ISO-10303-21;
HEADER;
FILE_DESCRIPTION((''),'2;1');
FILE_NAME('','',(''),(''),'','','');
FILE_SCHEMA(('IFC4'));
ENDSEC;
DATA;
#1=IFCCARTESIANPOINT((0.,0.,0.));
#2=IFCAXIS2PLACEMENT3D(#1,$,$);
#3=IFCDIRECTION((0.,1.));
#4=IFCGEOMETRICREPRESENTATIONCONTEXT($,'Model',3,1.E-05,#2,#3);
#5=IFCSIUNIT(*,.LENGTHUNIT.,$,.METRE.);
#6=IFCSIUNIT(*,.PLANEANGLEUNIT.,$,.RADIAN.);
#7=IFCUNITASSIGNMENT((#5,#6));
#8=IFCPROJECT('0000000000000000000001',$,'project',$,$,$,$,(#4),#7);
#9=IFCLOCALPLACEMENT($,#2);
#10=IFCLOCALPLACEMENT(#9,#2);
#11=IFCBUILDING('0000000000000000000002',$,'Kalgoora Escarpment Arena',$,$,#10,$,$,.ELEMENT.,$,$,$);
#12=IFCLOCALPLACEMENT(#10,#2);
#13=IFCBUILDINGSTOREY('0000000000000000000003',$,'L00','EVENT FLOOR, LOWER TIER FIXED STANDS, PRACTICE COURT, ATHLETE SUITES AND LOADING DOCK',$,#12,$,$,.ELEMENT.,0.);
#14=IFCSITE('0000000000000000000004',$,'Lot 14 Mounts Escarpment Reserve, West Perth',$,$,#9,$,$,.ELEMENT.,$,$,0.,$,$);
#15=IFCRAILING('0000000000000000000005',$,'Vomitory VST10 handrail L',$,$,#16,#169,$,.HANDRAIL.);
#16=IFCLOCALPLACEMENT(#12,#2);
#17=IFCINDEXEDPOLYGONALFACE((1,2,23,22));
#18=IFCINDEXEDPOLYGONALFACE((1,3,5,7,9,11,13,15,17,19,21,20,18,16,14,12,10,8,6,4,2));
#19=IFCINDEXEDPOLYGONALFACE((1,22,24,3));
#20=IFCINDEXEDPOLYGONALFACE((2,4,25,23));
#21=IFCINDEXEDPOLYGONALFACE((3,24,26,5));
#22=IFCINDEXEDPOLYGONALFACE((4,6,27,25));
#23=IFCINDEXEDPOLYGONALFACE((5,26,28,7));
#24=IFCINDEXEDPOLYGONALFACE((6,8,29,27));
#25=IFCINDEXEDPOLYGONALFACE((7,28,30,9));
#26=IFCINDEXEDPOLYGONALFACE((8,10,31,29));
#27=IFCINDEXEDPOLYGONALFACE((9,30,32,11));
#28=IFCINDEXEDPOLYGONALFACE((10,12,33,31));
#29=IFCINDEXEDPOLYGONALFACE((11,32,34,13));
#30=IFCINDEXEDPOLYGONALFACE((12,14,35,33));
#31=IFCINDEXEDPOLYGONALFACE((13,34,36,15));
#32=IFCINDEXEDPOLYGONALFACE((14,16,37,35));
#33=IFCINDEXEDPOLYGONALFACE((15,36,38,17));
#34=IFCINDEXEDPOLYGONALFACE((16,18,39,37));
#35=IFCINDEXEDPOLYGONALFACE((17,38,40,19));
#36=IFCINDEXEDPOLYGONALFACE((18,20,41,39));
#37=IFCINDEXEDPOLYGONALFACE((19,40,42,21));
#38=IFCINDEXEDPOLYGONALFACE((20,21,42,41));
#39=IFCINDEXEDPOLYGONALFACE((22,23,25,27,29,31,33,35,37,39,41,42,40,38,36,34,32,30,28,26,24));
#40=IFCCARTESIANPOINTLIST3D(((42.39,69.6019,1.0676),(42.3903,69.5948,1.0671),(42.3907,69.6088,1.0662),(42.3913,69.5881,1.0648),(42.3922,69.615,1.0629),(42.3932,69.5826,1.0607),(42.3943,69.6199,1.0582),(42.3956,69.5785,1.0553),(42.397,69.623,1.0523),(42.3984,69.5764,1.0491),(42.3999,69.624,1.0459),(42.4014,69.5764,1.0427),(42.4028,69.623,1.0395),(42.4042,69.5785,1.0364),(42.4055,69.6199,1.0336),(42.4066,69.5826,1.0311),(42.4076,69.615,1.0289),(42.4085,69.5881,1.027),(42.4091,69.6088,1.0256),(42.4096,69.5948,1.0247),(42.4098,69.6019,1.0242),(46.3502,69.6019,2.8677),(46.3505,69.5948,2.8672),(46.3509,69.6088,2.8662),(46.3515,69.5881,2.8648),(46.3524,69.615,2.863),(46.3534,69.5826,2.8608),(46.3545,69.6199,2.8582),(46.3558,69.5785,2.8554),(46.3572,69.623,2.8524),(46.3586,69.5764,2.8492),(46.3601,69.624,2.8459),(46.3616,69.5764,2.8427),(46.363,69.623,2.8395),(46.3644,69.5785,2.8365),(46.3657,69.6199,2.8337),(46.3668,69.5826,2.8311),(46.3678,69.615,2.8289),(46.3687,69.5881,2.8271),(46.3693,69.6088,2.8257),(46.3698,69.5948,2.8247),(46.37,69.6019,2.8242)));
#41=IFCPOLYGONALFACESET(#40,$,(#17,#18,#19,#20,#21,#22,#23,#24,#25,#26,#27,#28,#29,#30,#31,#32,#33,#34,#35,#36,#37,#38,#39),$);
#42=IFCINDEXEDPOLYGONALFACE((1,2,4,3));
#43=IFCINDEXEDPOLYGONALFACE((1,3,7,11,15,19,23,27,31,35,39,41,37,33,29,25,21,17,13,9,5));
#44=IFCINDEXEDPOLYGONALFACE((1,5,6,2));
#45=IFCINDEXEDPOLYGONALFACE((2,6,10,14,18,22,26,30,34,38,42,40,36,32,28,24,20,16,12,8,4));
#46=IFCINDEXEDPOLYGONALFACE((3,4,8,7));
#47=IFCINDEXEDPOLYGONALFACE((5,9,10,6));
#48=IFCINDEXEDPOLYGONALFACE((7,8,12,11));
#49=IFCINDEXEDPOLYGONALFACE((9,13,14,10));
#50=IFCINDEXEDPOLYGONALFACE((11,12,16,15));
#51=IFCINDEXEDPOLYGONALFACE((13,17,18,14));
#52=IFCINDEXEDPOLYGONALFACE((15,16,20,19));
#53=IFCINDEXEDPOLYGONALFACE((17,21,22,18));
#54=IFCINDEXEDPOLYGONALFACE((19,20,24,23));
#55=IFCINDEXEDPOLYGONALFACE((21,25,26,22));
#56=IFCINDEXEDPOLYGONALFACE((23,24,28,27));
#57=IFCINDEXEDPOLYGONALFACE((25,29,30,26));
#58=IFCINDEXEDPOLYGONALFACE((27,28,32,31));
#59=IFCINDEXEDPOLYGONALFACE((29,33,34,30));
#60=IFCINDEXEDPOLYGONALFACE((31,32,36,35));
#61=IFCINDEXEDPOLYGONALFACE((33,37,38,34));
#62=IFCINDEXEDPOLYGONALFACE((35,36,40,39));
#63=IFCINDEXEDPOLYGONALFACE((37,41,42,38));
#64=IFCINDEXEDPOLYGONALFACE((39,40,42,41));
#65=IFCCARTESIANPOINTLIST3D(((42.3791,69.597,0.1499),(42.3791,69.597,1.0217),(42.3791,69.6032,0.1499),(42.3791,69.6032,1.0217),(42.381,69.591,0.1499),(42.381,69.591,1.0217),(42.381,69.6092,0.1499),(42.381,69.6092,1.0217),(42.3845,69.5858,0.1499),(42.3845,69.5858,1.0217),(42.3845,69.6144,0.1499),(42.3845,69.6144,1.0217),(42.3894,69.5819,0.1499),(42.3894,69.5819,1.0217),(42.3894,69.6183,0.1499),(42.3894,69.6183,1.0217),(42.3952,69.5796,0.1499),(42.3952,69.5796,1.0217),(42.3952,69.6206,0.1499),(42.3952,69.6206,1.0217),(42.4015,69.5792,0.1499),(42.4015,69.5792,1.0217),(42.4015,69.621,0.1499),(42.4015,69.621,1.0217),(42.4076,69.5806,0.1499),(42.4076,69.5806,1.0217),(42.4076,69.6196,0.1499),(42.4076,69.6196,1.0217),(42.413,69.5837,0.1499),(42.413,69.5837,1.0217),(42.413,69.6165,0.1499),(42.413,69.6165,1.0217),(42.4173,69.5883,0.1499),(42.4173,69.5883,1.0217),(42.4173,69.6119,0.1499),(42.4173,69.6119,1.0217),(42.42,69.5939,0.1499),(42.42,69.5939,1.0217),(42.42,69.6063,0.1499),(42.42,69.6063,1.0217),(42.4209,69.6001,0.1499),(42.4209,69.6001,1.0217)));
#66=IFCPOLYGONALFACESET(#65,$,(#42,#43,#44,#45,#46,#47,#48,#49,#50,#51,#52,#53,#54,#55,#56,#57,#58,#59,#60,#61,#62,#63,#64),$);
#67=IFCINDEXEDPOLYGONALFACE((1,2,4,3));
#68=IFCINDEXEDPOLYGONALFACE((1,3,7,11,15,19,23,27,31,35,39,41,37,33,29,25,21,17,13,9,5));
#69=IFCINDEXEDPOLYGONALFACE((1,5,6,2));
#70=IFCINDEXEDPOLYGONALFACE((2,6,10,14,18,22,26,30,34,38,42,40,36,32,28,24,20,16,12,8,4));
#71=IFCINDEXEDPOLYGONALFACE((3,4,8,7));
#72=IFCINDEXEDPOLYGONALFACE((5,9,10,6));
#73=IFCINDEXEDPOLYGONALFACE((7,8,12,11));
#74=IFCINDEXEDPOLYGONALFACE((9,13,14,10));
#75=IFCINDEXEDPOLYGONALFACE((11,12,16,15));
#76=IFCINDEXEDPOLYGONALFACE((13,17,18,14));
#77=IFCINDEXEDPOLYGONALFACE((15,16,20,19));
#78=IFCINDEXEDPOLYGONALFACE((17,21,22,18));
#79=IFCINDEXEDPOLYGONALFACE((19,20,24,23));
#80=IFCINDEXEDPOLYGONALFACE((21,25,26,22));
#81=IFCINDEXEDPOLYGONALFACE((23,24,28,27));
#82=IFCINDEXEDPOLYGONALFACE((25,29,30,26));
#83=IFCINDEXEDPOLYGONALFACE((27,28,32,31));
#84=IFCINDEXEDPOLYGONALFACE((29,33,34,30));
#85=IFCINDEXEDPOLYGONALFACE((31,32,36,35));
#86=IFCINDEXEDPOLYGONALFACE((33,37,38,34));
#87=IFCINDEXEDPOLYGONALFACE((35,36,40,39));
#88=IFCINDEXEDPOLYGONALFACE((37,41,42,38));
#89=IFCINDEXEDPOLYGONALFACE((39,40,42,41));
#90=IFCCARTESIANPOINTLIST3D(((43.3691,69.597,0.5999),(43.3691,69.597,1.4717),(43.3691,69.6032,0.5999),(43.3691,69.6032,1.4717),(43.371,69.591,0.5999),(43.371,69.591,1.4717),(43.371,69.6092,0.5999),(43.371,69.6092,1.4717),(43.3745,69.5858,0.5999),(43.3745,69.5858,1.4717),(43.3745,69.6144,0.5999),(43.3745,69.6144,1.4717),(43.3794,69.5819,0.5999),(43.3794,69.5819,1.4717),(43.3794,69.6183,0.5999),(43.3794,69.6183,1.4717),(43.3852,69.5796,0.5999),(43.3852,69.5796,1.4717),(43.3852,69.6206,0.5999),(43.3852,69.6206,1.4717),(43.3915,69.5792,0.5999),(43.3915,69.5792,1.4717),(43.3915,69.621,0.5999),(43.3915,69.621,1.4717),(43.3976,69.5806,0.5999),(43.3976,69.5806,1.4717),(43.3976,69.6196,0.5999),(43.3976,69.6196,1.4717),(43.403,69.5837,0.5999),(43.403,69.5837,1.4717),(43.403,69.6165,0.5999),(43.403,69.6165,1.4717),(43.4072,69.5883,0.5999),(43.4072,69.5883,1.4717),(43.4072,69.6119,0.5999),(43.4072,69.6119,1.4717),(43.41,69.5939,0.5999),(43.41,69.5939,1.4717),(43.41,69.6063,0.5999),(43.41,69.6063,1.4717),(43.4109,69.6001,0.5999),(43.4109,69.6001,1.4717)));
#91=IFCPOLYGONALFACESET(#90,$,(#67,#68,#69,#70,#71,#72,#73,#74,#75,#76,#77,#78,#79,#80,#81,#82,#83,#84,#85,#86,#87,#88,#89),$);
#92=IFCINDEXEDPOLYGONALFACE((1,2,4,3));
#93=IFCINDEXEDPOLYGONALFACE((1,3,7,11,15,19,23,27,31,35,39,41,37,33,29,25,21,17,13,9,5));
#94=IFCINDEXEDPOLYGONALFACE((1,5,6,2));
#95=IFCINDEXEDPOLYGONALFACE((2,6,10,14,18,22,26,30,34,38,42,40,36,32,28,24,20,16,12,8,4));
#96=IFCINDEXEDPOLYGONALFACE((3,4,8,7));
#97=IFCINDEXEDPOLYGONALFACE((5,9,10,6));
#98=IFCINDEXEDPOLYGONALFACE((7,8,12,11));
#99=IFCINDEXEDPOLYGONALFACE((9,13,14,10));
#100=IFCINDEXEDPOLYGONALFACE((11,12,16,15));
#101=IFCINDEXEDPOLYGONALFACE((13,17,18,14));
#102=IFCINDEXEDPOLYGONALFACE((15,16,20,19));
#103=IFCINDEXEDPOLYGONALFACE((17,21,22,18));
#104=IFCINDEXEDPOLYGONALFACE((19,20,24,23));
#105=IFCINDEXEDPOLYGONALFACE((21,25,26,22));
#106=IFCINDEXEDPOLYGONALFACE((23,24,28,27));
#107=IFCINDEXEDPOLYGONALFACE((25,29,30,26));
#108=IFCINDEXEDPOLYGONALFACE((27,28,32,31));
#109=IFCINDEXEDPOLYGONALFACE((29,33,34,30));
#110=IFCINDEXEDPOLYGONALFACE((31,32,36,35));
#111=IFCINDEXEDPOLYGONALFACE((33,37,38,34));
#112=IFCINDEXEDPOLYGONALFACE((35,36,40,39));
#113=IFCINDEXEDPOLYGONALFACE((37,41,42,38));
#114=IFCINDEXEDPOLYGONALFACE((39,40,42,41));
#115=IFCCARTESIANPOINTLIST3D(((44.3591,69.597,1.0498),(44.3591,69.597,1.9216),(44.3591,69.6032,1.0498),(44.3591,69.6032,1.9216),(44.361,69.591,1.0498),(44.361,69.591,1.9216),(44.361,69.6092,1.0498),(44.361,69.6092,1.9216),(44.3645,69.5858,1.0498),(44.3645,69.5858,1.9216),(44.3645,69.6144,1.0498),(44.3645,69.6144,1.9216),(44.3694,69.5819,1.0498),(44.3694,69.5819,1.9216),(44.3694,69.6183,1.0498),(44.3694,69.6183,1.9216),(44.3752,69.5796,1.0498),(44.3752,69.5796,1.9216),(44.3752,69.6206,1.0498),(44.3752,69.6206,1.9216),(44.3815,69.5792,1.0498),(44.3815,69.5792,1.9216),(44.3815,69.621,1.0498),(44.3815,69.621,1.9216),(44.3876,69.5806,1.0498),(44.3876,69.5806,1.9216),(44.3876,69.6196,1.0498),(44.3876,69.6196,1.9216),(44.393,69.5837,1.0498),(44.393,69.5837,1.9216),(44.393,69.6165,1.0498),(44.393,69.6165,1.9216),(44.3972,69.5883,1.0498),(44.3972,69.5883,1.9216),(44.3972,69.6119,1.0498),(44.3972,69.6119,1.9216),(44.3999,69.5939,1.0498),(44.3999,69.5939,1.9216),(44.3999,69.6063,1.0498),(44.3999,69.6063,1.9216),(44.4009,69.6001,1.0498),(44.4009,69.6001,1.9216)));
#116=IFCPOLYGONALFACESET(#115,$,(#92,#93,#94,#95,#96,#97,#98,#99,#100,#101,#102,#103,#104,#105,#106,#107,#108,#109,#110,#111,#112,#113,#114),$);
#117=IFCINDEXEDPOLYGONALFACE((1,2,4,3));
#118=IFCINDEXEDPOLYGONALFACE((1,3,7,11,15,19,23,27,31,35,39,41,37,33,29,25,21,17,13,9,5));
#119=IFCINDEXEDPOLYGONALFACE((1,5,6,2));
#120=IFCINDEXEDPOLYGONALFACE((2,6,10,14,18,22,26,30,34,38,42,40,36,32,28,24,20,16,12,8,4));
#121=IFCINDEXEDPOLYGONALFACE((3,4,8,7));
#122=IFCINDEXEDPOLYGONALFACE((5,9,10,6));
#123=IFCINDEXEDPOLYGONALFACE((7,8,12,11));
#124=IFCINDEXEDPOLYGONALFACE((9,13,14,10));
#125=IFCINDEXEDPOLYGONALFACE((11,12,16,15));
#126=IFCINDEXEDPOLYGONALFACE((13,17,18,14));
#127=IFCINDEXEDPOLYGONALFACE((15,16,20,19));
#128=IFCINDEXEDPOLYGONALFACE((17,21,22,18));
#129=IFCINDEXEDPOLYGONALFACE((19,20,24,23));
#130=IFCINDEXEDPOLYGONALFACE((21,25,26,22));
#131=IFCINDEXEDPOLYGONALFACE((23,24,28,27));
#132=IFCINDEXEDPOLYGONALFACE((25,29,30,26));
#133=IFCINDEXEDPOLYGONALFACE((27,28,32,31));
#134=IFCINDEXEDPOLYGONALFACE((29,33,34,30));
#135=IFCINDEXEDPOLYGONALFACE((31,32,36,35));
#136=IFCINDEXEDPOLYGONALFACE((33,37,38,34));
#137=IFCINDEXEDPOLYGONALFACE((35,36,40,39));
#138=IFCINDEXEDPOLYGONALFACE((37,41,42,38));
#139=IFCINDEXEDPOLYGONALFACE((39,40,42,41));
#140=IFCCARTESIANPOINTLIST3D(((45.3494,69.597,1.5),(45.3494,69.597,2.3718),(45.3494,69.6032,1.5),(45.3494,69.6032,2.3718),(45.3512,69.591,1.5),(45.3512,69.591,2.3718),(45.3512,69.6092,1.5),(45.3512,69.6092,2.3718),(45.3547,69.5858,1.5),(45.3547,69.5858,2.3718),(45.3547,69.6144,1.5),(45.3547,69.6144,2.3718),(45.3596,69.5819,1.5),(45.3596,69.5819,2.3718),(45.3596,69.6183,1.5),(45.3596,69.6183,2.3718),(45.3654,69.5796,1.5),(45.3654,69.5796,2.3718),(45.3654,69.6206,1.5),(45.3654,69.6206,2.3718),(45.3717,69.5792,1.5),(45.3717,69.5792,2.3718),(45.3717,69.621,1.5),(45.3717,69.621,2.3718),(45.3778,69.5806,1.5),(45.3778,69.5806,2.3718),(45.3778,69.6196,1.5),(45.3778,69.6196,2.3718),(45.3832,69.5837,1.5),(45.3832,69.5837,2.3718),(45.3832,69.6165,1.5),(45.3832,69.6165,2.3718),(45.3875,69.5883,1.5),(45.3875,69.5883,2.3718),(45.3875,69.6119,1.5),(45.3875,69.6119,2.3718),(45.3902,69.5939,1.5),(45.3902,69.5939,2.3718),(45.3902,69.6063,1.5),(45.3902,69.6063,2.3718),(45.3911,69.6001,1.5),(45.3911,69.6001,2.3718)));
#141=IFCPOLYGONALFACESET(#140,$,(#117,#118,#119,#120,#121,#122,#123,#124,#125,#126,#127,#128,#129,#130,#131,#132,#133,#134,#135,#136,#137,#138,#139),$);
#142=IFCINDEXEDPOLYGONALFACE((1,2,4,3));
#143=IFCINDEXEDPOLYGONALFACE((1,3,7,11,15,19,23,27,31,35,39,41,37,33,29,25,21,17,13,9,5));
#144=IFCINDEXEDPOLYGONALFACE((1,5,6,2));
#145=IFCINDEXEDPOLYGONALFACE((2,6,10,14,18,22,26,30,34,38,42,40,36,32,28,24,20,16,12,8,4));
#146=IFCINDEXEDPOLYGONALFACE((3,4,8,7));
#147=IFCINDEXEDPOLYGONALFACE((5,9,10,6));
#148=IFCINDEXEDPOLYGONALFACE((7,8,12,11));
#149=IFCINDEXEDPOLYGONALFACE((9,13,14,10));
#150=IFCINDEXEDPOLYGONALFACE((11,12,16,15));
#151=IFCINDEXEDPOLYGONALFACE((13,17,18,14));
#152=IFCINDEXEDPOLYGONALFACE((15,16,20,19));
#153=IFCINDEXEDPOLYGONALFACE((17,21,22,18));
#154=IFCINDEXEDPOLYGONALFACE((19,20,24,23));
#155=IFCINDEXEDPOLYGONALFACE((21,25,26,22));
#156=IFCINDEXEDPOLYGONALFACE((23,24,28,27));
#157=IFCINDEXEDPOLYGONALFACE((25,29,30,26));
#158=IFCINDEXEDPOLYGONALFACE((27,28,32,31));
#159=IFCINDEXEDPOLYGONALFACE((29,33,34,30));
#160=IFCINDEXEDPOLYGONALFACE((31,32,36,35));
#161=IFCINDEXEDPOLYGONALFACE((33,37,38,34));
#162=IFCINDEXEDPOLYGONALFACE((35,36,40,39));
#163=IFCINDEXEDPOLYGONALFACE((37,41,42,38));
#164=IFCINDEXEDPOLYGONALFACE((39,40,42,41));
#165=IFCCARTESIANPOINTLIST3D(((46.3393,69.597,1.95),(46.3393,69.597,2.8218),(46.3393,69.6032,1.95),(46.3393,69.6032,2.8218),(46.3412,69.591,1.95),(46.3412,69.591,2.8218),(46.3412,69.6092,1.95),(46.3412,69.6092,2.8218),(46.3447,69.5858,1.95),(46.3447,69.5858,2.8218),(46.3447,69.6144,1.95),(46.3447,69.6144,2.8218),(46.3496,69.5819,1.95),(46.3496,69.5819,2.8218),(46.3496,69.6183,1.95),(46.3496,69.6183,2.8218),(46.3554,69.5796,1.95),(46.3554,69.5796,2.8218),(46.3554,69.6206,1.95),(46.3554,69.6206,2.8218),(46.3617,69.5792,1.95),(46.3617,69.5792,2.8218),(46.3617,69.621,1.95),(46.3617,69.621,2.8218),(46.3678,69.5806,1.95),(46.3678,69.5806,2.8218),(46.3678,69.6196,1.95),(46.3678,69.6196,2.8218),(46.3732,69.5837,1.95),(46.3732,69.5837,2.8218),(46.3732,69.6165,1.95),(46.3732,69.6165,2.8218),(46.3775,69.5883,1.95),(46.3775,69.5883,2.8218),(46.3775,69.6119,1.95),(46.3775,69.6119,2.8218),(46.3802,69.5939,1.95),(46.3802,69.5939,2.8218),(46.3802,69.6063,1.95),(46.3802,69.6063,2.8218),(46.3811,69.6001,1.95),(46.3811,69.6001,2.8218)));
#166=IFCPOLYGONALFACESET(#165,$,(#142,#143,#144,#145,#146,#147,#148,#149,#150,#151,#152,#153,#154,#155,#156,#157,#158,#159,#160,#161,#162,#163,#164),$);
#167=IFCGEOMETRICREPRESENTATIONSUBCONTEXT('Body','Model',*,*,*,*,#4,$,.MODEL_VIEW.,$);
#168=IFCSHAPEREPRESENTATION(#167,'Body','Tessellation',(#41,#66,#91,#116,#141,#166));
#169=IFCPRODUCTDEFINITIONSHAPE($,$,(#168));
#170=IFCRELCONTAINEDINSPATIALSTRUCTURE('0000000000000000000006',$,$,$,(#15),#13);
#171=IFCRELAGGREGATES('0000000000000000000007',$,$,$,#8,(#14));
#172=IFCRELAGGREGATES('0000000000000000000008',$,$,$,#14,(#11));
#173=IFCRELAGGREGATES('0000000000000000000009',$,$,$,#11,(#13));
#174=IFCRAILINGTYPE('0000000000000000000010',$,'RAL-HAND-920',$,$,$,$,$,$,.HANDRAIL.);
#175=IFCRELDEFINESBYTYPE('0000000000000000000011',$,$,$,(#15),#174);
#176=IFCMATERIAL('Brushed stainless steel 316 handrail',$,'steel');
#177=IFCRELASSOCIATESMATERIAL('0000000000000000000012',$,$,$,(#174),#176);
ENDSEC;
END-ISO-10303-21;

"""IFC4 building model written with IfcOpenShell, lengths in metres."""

from ifc_helpers import new_model, si_unit, direction, frame, origin, origin_2d, place, context, subcontext, project, spatial, circle, extrude, material, type_object, element, save


model = new_model("IFC4")

# Units and contexts
model_context = context("Model", 3, precision=1e-05, world=origin(), true_north=direction((0.0, 1.0)))
body_context = subcontext(model_context, "Body", "Model", "MODEL_VIEW")
ifc_project = project(units=[si_unit("LENGTHUNIT", "METRE"), si_unit("PLANEANGLEUNIT", "RADIAN")], contexts=[model_context])

# Site, building, storey
site_placement = place(None, origin())
site = spatial("IfcSite", under=ifc_project, at=site_placement, Name="Lot 14 Mounts Escarpment Reserve, West Perth", CompositionType="ELEMENT", RefElevation=0.0)
building_placement = place(site_placement, origin())
building = spatial("IfcBuilding", under=site, at=building_placement, Name="Kalgoora Escarpment Arena", CompositionType="ELEMENT")
storey_placement = place(building_placement, origin())
storey = spatial("IfcBuildingStorey", under=building, at=storey_placement, Name="L00", Description="EVENT FLOOR, LOWER TIER FIXED STANDS, PRACTICE COURT, ATHLETE SUITES AND LOADING DOCK", CompositionType="ELEMENT", Elevation=0.0)

# Railing
ifc_material_1 = material(Name="Brushed stainless steel 316 handrail", Category="steel")
railing_type_1 = type_object("IfcRailingType", Name="RAL-HAND-920", PredefinedType="HANDRAIL", material=ifc_material_1)
for number, where, name in (
    (1, (42.3999, 69.6001, 0.1499), "Vomitory VST10 handrail L"),
):
    element("IfcRailing", number, at=place(storey_placement, frame(where)), inside=storey, type_object=railing_type_1, Name=name, PredefinedType="HANDRAIL", context=body_context, shape_type="SweptSolid", body=[
        extrude(circle(Radius=0.0239, at=origin_2d()), frame((0.0, 0.0, 0.896), z_axis=(0.91037, 0.0, 0.413794), x_axis=(0.0, 1.0, 0.0)), (0.0, 0.0, 1.0), 4.3501),
        extrude(circle(Radius=0.021, at=origin_2d()), origin(), (0.0, 0.0, 1.0), 0.8718),
        extrude(circle(Radius=0.021, at=origin_2d()), frame((0.99, 0.0, 0.45)), (0.0, 0.0, 1.0), 0.8718),
        extrude(circle(Radius=0.021, at=origin_2d()), frame((1.98, 0.0, 0.8999)), (0.0, 0.0, 1.0), 0.8718),
        extrude(circle(Radius=0.021, at=origin_2d()), frame((2.9702, 0.0, 1.3501)), (0.0, 0.0, 1.0), 0.8718),
        extrude(circle(Radius=0.021, at=origin_2d()), frame((3.9602, 0.0, 1.8)), (0.0, 0.0, 1.0), 0.8718),
    ])

save(model, "model.ifc")
